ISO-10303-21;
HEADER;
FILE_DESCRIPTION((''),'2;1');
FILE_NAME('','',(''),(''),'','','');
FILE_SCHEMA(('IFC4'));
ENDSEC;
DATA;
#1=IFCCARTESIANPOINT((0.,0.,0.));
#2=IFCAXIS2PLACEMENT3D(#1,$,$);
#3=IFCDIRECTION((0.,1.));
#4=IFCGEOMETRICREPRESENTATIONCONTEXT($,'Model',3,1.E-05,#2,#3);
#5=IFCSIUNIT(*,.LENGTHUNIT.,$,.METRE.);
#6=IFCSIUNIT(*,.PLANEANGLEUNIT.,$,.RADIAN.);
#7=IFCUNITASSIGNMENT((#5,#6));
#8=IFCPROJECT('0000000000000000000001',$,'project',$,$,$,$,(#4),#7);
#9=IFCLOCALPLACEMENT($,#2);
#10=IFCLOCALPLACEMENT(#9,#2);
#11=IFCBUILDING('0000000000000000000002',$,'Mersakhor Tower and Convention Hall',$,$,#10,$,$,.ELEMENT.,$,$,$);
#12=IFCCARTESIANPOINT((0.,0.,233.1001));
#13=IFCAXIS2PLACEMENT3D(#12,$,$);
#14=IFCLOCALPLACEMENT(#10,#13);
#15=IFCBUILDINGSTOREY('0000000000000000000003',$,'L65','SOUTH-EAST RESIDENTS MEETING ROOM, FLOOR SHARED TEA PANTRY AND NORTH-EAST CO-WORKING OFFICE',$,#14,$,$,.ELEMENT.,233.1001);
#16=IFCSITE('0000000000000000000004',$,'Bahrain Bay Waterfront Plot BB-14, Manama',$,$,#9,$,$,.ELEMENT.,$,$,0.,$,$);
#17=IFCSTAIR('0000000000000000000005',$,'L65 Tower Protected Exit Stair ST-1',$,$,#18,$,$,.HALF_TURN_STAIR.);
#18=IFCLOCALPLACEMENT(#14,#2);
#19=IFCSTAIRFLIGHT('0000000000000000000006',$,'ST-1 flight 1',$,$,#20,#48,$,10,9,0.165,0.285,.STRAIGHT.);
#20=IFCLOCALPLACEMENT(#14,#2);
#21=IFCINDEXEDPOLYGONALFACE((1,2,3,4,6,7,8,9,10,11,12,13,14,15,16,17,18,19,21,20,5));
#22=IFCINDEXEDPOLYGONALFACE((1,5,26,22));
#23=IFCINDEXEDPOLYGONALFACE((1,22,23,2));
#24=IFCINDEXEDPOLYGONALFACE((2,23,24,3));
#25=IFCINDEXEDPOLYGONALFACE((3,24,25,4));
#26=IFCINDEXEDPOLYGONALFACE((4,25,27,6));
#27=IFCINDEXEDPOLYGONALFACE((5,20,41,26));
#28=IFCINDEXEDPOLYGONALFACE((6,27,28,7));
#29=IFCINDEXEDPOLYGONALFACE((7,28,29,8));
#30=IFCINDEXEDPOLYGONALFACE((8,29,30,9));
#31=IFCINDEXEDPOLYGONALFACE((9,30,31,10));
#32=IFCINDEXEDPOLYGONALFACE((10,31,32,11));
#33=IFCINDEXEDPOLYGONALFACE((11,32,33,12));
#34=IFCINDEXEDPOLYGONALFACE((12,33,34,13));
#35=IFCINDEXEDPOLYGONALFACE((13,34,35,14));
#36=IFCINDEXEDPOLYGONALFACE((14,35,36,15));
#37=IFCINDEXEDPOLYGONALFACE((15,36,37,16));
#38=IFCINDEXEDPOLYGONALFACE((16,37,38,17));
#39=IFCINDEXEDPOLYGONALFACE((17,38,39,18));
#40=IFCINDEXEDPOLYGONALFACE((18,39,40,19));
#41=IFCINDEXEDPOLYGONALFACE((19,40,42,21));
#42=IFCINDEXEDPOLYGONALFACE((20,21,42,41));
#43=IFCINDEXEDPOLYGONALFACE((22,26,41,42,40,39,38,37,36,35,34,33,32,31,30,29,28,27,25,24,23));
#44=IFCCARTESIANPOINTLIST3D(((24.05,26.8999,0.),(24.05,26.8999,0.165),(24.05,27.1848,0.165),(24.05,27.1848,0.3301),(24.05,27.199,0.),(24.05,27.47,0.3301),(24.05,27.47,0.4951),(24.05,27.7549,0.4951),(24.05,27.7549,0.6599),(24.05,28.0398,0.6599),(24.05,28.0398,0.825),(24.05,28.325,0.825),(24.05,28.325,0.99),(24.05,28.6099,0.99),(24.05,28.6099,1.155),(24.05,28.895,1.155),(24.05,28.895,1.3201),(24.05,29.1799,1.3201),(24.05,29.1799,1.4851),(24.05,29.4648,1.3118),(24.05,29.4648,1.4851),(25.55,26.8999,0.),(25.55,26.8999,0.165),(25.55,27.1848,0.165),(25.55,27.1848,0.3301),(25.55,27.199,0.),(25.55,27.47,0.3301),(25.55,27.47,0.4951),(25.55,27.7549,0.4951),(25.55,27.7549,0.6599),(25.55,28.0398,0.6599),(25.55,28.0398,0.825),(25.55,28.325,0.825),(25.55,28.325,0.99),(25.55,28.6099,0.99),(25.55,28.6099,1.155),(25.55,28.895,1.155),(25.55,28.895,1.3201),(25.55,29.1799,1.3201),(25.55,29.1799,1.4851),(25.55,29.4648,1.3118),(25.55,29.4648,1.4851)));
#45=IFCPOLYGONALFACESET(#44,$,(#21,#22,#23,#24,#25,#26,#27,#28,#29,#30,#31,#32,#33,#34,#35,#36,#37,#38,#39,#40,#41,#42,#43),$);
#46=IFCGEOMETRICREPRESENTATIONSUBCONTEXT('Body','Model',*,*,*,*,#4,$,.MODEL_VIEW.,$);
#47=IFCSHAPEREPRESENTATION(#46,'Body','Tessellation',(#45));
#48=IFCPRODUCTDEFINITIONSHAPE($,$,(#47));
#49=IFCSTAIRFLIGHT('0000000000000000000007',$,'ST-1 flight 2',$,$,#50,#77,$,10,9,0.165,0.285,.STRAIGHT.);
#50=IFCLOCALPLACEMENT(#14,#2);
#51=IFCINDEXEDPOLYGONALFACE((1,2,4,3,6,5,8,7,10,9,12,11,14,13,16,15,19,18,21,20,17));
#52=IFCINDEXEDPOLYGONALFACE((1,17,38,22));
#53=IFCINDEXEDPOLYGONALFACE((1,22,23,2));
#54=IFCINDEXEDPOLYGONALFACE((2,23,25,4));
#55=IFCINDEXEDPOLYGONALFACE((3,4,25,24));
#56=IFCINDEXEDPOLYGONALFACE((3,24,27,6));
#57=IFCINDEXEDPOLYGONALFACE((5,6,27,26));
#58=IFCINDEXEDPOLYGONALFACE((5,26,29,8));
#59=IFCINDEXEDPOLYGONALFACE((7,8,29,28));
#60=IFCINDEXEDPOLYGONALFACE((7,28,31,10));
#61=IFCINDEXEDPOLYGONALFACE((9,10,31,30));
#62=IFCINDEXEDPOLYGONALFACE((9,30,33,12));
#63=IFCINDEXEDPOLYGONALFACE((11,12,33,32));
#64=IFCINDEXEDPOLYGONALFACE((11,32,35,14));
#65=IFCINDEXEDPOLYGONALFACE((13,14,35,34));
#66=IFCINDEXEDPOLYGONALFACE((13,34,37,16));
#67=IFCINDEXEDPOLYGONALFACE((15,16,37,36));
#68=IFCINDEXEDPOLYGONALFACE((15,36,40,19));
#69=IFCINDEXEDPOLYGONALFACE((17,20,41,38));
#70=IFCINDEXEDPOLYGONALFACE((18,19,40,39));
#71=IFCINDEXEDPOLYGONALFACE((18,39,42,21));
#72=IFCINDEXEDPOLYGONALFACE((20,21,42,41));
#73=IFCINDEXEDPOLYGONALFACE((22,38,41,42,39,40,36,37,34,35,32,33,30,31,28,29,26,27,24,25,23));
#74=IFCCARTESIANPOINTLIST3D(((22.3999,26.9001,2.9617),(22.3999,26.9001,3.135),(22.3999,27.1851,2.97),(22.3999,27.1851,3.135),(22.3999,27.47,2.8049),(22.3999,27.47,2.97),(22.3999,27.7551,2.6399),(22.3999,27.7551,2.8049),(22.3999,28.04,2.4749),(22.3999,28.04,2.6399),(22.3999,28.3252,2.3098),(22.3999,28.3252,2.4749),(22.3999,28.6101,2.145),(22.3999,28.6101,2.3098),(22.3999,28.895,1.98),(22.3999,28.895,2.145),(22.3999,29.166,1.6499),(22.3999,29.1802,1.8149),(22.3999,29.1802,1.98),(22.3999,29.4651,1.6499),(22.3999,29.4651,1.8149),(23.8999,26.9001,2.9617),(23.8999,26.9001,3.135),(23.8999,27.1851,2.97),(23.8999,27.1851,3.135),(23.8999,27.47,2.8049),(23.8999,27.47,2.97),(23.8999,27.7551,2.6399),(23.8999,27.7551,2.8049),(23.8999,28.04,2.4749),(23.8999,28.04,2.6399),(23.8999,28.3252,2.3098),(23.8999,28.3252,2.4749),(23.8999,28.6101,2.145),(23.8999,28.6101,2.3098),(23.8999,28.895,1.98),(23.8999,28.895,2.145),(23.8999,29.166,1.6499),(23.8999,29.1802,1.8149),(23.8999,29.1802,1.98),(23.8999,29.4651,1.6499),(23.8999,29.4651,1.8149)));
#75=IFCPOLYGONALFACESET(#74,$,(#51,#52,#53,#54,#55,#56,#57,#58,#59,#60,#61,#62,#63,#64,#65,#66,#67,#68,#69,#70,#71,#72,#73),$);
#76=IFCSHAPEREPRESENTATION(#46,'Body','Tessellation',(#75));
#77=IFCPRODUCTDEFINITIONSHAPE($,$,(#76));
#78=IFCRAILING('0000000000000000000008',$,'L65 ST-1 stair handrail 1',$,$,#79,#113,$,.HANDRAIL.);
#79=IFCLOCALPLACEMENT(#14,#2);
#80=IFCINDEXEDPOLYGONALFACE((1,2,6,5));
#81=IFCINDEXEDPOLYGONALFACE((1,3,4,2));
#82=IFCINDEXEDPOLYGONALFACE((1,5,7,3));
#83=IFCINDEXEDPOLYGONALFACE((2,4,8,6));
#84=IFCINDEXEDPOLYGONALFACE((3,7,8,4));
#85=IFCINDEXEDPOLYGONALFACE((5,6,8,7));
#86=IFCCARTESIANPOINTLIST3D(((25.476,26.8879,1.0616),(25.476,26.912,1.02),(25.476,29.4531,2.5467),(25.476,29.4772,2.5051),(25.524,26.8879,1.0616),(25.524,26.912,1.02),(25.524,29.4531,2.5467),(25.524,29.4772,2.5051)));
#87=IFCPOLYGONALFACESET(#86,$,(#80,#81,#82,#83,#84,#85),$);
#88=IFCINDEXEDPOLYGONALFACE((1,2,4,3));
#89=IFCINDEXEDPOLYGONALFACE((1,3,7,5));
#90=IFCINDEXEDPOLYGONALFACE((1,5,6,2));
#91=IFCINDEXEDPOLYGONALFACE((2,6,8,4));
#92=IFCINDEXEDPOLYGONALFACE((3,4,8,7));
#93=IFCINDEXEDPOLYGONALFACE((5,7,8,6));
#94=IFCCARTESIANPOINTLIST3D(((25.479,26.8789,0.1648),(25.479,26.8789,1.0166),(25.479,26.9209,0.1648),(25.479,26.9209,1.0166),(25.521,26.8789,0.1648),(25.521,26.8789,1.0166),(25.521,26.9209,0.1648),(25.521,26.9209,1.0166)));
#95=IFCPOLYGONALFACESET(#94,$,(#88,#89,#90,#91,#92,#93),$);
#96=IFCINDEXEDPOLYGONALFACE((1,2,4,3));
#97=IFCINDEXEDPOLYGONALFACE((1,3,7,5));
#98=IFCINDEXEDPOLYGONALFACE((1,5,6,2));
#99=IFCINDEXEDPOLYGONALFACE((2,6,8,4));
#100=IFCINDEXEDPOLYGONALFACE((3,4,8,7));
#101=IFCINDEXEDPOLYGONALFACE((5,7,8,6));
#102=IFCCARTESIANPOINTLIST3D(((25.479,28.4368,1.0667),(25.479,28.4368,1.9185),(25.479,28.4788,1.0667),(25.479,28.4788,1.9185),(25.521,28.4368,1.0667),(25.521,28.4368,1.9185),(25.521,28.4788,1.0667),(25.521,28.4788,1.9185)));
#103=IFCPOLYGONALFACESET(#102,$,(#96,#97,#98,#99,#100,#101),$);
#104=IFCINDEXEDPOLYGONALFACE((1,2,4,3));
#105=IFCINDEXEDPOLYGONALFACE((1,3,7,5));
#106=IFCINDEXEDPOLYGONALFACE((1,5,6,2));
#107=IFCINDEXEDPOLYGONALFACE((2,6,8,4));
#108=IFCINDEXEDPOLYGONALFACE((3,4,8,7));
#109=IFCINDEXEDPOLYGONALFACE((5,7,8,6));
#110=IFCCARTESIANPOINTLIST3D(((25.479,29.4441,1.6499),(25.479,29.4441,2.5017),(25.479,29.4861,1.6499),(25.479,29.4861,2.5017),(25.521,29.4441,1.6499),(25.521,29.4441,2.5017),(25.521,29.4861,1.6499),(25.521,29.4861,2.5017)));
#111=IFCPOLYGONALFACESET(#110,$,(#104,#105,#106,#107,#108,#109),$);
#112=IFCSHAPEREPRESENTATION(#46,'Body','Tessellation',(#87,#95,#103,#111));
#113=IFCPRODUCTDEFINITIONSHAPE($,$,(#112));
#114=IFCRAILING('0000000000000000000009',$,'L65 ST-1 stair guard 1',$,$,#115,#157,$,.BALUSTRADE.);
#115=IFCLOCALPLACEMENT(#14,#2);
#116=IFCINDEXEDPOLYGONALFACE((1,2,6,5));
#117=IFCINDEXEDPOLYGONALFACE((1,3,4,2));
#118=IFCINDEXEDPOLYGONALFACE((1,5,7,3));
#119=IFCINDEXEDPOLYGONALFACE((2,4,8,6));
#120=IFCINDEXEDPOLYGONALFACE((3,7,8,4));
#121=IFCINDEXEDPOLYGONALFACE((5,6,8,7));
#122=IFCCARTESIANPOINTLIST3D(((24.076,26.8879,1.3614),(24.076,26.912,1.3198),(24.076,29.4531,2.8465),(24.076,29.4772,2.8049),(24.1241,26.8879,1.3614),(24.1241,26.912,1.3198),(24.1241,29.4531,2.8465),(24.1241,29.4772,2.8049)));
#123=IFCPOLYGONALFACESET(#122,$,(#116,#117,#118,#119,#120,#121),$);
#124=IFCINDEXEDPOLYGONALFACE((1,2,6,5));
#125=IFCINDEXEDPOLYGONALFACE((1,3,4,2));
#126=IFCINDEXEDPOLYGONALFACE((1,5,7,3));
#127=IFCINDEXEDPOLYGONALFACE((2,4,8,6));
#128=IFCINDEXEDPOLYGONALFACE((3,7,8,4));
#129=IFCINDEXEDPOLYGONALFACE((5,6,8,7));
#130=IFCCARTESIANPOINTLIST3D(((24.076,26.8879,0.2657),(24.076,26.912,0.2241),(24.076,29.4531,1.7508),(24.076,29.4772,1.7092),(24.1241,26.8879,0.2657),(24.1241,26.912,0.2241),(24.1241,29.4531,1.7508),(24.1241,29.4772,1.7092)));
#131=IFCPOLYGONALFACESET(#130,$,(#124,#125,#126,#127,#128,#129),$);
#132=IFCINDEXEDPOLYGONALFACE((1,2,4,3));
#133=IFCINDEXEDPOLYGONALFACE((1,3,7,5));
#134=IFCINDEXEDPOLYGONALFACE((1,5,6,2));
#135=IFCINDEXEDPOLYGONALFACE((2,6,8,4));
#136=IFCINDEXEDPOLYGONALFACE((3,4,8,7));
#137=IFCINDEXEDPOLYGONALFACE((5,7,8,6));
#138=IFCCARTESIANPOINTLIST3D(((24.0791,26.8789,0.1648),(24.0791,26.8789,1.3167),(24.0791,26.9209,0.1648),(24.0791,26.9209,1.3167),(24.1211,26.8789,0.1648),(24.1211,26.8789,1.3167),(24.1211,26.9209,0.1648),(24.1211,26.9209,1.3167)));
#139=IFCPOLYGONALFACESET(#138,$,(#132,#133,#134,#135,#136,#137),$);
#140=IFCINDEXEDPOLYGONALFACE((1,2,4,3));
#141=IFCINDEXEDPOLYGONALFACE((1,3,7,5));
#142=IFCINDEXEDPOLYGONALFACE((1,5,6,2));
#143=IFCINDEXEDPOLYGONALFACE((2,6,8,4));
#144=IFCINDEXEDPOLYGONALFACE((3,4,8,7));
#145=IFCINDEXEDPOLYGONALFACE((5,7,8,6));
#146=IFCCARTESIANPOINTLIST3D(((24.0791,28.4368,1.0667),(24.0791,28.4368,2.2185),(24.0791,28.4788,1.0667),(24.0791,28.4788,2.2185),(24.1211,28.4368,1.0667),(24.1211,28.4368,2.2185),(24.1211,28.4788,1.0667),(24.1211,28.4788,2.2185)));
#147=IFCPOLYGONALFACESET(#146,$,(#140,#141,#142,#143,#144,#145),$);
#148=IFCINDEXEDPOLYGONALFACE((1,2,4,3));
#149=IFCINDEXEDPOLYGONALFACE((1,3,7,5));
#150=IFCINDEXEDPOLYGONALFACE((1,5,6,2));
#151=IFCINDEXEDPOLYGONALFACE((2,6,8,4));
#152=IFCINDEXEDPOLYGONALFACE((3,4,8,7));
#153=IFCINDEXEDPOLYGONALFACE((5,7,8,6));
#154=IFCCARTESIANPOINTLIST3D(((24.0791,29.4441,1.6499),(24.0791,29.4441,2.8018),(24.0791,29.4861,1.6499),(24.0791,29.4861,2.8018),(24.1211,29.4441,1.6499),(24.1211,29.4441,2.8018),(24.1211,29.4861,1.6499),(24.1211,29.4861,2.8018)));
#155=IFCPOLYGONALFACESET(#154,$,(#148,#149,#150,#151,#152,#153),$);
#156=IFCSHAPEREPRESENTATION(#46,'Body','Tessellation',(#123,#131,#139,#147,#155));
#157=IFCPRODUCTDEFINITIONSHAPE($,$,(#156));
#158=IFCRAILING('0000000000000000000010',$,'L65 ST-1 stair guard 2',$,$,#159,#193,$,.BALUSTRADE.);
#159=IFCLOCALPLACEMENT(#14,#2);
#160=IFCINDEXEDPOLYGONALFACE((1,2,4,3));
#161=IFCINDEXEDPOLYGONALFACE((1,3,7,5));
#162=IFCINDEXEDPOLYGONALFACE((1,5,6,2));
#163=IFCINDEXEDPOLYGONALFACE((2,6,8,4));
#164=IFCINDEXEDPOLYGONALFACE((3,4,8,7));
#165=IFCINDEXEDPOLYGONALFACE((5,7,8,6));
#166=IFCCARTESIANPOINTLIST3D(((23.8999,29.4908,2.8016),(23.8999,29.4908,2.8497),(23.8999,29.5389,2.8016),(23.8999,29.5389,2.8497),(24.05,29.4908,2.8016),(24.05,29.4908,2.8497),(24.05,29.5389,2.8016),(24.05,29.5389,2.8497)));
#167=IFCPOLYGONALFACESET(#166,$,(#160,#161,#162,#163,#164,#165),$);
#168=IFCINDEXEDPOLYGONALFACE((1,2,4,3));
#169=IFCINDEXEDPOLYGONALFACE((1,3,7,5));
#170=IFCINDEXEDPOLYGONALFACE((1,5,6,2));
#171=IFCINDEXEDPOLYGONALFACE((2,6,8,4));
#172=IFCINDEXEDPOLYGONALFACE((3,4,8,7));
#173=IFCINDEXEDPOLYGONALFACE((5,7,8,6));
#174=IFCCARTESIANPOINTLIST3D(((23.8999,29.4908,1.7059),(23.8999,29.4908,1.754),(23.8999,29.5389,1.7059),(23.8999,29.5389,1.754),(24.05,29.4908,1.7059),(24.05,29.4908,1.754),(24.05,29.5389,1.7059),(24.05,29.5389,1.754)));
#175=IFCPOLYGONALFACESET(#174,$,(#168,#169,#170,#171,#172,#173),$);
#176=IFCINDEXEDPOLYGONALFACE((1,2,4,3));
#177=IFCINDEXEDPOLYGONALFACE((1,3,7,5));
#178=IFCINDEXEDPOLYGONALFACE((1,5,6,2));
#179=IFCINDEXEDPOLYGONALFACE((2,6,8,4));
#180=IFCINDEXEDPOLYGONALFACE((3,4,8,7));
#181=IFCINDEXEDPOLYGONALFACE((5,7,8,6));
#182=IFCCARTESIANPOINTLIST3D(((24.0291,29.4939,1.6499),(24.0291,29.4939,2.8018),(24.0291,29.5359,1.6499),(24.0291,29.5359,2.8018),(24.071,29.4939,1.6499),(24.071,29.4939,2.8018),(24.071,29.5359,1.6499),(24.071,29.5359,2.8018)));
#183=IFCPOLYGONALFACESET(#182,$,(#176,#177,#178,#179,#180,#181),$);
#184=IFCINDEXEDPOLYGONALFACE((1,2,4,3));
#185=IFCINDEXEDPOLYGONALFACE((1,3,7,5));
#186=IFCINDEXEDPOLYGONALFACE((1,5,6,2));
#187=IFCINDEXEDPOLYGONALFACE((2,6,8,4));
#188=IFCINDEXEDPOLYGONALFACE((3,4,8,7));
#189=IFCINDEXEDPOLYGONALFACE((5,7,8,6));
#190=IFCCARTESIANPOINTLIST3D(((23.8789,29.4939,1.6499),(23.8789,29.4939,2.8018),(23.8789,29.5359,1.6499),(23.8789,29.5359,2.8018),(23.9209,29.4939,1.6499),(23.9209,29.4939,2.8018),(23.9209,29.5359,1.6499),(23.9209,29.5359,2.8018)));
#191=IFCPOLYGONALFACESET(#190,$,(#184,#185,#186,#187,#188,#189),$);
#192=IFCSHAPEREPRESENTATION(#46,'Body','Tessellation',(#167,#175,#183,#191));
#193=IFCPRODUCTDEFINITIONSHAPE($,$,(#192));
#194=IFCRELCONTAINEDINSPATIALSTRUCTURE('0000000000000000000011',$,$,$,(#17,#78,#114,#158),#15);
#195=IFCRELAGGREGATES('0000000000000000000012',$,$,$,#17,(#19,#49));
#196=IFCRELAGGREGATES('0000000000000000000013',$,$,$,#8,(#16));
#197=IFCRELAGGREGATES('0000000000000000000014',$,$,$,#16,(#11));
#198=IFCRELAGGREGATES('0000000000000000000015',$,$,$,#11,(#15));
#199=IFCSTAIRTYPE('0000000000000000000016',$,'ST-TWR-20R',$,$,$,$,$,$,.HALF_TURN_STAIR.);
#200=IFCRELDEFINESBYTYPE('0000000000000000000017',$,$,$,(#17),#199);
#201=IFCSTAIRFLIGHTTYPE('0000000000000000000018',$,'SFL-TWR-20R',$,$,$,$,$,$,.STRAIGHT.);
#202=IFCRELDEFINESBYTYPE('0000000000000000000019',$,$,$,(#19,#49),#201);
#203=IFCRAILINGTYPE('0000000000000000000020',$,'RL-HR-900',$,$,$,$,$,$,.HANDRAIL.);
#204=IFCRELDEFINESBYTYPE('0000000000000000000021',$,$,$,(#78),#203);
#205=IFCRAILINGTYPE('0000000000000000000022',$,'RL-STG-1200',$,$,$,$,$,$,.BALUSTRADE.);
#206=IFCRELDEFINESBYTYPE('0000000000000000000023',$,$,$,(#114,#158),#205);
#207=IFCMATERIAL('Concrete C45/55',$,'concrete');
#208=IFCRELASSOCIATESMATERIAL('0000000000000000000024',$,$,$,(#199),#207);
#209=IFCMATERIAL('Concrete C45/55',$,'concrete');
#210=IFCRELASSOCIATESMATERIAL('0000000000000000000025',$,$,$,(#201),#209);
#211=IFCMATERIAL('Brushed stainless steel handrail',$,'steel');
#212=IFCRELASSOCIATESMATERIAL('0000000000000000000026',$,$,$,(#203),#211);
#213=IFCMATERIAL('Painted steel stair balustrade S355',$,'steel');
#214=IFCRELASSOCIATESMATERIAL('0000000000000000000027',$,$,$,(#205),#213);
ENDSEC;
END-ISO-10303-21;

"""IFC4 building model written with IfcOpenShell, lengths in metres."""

from ifc_helpers import new_model, si_unit, direction, frame, origin, origin_2d, place, context, subcontext, project, spatial, polyline, rectangle, outline, extrude, material, type_object, element, aggregate, save


model = new_model("IFC4")

# Units and contexts
model_context = context("Model", 3, precision=1e-05, world=origin(), true_north=direction((0.0, 1.0)))
body_context = subcontext(model_context, "Body", "Model", "MODEL_VIEW")
ifc_project = project(units=[si_unit("LENGTHUNIT", "METRE"), si_unit("PLANEANGLEUNIT", "RADIAN")], contexts=[model_context])

# Site, building, storey
site_placement = place(None, origin())
site = spatial("IfcSite", under=ifc_project, at=site_placement, Name="Bahrain Bay Waterfront Plot BB-14, Manama", CompositionType="ELEMENT", RefElevation=0.0)
building_placement = place(site_placement, origin())
building = spatial("IfcBuilding", under=site, at=building_placement, Name="Mersakhor Tower and Convention Hall", CompositionType="ELEMENT")
storey_placement = place(building_placement, frame((0.0, 0.0, 233.1001)))
storey = spatial("IfcBuildingStorey", under=building, at=storey_placement, Name="L65", Description="SOUTH-EAST RESIDENTS MEETING ROOM, FLOOR SHARED TEA PANTRY AND NORTH-EAST CO-WORKING OFFICE", CompositionType="ELEMENT", Elevation=233.1001)

# Stair, stair flights
ifc_material_1 = material(Name="Concrete C45/55", Category="concrete")
stair_type = type_object("IfcStairType", Name="ST-TWR-20R", PredefinedType="HALF_TURN_STAIR", material=ifc_material_1)
stair_placement = place(storey_placement, origin())
stair = element("IfcStair", 1, at=stair_placement, inside=storey, type_object=stair_type, Name="L65 Tower Protected Exit Stair ST-1", PredefinedType="HALF_TURN_STAIR")
ifc_material_2 = material(Name="Concrete C45/55", Category="concrete")
stair_flight_type = type_object("IfcStairFlightType", Name="SFL-TWR-20R", PredefinedType="STRAIGHT", material=ifc_material_2)
stair_flight_1_placement = place(storey_placement, frame((24.8, 26.8999, 0.0), z_axis=(0.0, 0.0, 1.0), x_axis=(0.0, 1.0, 0.0)))
stair_flight_1 = element("IfcStairFlight", 2, at=stair_flight_1_placement, type_object=stair_flight_type, Name="ST-1 flight 1", NumberOfRisers=10, NumberOfTreads=9, PredefinedType="STRAIGHT", RiserHeight=0.165, TreadLength=0.285, context=body_context, shape_type="SweptSolid", body=[
    extrude(outline(polyline([(0.0, 0.0), (0.0, 0.165), (0.2849, 0.165), (0.2849, 0.3301), (0.5701, 0.3301), (0.5701, 0.4951), (0.855, 0.4951), (0.855, 0.6599), (1.1399, 0.6599), (1.1399, 0.825), (1.425, 0.825), (1.425, 0.99), (1.71, 0.99), (1.71, 1.155), (1.9951, 1.155), (1.9951, 1.3201), (2.28, 1.3201), (2.28, 1.4851), (2.5649, 1.4851), (2.5649, 1.6499), (2.5649, 1.3118), (0.2991, 0.0), (0.0, 0.0)])), frame((0.0, 0.75, 0.0), z_axis=(0.0, -1.0, 0.0), x_axis=(1.0, 0.0, 0.0)), (0.0, 0.0, 1.0), 1.5),
])
stair_flight_2_placement = place(storey_placement, frame((23.1499, 29.4651, 1.6499), z_axis=(0.0, 0.0, 1.0), x_axis=(0.0, -1.0, 0.0)))
stair_flight_2 = element("IfcStairFlight", 3, at=stair_flight_2_placement, type_object=stair_flight_type, Name="ST-1 flight 2", NumberOfRisers=10, NumberOfTreads=9, PredefinedType="STRAIGHT", RiserHeight=0.165, TreadLength=0.285, context=body_context, shape_type="SweptSolid", body=[
    extrude(outline(polyline([(0.0, 0.0), (0.0, 0.165), (0.2849, 0.165), (0.2849, 0.3301), (0.5701, 0.3301), (0.5701, 0.4951), (0.855, 0.4951), (0.855, 0.6599), (1.1399, 0.6599), (1.1399, 0.825), (1.425, 0.825), (1.425, 0.99), (1.71, 0.99), (1.71, 1.155), (1.9951, 1.155), (1.9951, 1.3201), (2.28, 1.3201), (2.28, 1.4851), (2.5649, 1.4851), (2.5649, 1.6499), (2.5649, 1.3118), (0.2991, 0.0), (0.0, 0.0)])), frame((0.0, 0.75, 0.0), z_axis=(0.0, -1.0, 0.0), x_axis=(1.0, 0.0, 0.0)), (0.0, 0.0, 1.0), 1.5),
])
aggregate(stair, [stair_flight_1, stair_flight_2])

# Railings
ifc_material_3 = material(Name="Brushed stainless steel handrail", Category="steel")
railing_type_1 = type_object("IfcRailingType", Name="RL-HR-900", PredefinedType="HANDRAIL", material=ifc_material_3)
railing_1_placement = place(storey_placement, frame((25.5, 26.8999, 0.1648)))
element("IfcRailing", 4, at=railing_1_placement, inside=storey, type_object=railing_type_1, Name="L65 ST-1 stair handrail 1", PredefinedType="HANDRAIL", context=body_context, shape_type="SweptSolid", body=[
    extrude(rectangle(XDim=0.0481, YDim=0.0481, at=origin_2d()), frame((0.0, 0.0, 0.876), z_axis=(0.0, 0.865426, 0.501036), x_axis=(-1.0, 0.0, 0.0)), (0.0, 0.0, 1.0), 2.9641),
    extrude(rectangle(XDim=0.042, YDim=0.042, at=origin_2d()), origin(), (0.0, 0.0, 1.0), 0.8518),
    extrude(rectangle(XDim=0.042, YDim=0.042, at=origin_2d()), frame((0.0, 1.5579, 0.9019)), (0.0, 0.0, 1.0), 0.8518),
    extrude(rectangle(XDim=0.042, YDim=0.042, at=origin_2d()), frame((0.0, 2.5652, 1.4851)), (0.0, 0.0, 1.0), 0.8518),
])
ifc_material_4 = material(Name="Painted steel stair balustrade S355", Category="steel")
railing_type_2 = type_object("IfcRailingType", Name="RL-STG-1200", PredefinedType="BALUSTRADE", material=ifc_material_4)
railing_2_placement = place(storey_placement, frame((24.1001, 26.8999, 0.1648)))
element("IfcRailing", 5, at=railing_2_placement, inside=storey, type_object=railing_type_2, Name="L65 ST-1 stair guard 1", PredefinedType="BALUSTRADE", context=body_context, shape_type="SweptSolid", body=[
    extrude(rectangle(XDim=0.0481, YDim=0.0481, at=origin_2d()), frame((0.0, 0.0, 1.1758), z_axis=(0.0, 0.865426, 0.501036), x_axis=(-1.0, 0.0, 0.0)), (0.0, 0.0, 1.0), 2.9641),
    extrude(rectangle(XDim=0.0481, YDim=0.0481, at=origin_2d()), frame((0.0, 0.0, 0.0801), z_axis=(0.0, 0.865426, 0.501036), x_axis=(-1.0, 0.0, 0.0)), (0.0, 0.0, 1.0), 2.9641),
    extrude(rectangle(XDim=0.042, YDim=0.042, at=origin_2d()), origin(), (0.0, 0.0, 1.0), 1.1519),
    extrude(rectangle(XDim=0.042, YDim=0.042, at=origin_2d()), frame((0.0, 1.5579, 0.9019)), (0.0, 0.0, 1.0), 1.1519),
    extrude(rectangle(XDim=0.042, YDim=0.042, at=origin_2d()), frame((0.0, 2.5652, 1.4851)), (0.0, 0.0, 1.0), 1.1519),
])
railing_3_placement = place(storey_placement, frame((24.05, 29.5149, 1.6499)))
element("IfcRailing", 6, at=railing_3_placement, inside=storey, type_object=railing_type_2, Name="L65 ST-1 stair guard 2", PredefinedType="BALUSTRADE", context=body_context, shape_type="SweptSolid", body=[
    extrude(rectangle(XDim=0.0481, YDim=0.0481, at=origin_2d()), frame((0.0, 0.0, 1.1758), z_axis=(-1.0, 0.0, 0.0), x_axis=(0.0, -1.0, 0.0)), (0.0, 0.0, 1.0), 0.1501),
    extrude(rectangle(XDim=0.0481, YDim=0.0481, at=origin_2d()), frame((0.0, 0.0, 0.0801), z_axis=(-1.0, 0.0, 0.0), x_axis=(0.0, -1.0, 0.0)), (0.0, 0.0, 1.0), 0.1501),
    extrude(rectangle(XDim=0.042, YDim=0.042, at=origin_2d()), origin(), (0.0, 0.0, 1.0), 1.1519),
    extrude(rectangle(XDim=0.042, YDim=0.042, at=origin_2d()), frame((-0.1501, 0.0, 0.0)), (0.0, 0.0, 1.0), 1.1519),
])

save(model, "model.ifc")
